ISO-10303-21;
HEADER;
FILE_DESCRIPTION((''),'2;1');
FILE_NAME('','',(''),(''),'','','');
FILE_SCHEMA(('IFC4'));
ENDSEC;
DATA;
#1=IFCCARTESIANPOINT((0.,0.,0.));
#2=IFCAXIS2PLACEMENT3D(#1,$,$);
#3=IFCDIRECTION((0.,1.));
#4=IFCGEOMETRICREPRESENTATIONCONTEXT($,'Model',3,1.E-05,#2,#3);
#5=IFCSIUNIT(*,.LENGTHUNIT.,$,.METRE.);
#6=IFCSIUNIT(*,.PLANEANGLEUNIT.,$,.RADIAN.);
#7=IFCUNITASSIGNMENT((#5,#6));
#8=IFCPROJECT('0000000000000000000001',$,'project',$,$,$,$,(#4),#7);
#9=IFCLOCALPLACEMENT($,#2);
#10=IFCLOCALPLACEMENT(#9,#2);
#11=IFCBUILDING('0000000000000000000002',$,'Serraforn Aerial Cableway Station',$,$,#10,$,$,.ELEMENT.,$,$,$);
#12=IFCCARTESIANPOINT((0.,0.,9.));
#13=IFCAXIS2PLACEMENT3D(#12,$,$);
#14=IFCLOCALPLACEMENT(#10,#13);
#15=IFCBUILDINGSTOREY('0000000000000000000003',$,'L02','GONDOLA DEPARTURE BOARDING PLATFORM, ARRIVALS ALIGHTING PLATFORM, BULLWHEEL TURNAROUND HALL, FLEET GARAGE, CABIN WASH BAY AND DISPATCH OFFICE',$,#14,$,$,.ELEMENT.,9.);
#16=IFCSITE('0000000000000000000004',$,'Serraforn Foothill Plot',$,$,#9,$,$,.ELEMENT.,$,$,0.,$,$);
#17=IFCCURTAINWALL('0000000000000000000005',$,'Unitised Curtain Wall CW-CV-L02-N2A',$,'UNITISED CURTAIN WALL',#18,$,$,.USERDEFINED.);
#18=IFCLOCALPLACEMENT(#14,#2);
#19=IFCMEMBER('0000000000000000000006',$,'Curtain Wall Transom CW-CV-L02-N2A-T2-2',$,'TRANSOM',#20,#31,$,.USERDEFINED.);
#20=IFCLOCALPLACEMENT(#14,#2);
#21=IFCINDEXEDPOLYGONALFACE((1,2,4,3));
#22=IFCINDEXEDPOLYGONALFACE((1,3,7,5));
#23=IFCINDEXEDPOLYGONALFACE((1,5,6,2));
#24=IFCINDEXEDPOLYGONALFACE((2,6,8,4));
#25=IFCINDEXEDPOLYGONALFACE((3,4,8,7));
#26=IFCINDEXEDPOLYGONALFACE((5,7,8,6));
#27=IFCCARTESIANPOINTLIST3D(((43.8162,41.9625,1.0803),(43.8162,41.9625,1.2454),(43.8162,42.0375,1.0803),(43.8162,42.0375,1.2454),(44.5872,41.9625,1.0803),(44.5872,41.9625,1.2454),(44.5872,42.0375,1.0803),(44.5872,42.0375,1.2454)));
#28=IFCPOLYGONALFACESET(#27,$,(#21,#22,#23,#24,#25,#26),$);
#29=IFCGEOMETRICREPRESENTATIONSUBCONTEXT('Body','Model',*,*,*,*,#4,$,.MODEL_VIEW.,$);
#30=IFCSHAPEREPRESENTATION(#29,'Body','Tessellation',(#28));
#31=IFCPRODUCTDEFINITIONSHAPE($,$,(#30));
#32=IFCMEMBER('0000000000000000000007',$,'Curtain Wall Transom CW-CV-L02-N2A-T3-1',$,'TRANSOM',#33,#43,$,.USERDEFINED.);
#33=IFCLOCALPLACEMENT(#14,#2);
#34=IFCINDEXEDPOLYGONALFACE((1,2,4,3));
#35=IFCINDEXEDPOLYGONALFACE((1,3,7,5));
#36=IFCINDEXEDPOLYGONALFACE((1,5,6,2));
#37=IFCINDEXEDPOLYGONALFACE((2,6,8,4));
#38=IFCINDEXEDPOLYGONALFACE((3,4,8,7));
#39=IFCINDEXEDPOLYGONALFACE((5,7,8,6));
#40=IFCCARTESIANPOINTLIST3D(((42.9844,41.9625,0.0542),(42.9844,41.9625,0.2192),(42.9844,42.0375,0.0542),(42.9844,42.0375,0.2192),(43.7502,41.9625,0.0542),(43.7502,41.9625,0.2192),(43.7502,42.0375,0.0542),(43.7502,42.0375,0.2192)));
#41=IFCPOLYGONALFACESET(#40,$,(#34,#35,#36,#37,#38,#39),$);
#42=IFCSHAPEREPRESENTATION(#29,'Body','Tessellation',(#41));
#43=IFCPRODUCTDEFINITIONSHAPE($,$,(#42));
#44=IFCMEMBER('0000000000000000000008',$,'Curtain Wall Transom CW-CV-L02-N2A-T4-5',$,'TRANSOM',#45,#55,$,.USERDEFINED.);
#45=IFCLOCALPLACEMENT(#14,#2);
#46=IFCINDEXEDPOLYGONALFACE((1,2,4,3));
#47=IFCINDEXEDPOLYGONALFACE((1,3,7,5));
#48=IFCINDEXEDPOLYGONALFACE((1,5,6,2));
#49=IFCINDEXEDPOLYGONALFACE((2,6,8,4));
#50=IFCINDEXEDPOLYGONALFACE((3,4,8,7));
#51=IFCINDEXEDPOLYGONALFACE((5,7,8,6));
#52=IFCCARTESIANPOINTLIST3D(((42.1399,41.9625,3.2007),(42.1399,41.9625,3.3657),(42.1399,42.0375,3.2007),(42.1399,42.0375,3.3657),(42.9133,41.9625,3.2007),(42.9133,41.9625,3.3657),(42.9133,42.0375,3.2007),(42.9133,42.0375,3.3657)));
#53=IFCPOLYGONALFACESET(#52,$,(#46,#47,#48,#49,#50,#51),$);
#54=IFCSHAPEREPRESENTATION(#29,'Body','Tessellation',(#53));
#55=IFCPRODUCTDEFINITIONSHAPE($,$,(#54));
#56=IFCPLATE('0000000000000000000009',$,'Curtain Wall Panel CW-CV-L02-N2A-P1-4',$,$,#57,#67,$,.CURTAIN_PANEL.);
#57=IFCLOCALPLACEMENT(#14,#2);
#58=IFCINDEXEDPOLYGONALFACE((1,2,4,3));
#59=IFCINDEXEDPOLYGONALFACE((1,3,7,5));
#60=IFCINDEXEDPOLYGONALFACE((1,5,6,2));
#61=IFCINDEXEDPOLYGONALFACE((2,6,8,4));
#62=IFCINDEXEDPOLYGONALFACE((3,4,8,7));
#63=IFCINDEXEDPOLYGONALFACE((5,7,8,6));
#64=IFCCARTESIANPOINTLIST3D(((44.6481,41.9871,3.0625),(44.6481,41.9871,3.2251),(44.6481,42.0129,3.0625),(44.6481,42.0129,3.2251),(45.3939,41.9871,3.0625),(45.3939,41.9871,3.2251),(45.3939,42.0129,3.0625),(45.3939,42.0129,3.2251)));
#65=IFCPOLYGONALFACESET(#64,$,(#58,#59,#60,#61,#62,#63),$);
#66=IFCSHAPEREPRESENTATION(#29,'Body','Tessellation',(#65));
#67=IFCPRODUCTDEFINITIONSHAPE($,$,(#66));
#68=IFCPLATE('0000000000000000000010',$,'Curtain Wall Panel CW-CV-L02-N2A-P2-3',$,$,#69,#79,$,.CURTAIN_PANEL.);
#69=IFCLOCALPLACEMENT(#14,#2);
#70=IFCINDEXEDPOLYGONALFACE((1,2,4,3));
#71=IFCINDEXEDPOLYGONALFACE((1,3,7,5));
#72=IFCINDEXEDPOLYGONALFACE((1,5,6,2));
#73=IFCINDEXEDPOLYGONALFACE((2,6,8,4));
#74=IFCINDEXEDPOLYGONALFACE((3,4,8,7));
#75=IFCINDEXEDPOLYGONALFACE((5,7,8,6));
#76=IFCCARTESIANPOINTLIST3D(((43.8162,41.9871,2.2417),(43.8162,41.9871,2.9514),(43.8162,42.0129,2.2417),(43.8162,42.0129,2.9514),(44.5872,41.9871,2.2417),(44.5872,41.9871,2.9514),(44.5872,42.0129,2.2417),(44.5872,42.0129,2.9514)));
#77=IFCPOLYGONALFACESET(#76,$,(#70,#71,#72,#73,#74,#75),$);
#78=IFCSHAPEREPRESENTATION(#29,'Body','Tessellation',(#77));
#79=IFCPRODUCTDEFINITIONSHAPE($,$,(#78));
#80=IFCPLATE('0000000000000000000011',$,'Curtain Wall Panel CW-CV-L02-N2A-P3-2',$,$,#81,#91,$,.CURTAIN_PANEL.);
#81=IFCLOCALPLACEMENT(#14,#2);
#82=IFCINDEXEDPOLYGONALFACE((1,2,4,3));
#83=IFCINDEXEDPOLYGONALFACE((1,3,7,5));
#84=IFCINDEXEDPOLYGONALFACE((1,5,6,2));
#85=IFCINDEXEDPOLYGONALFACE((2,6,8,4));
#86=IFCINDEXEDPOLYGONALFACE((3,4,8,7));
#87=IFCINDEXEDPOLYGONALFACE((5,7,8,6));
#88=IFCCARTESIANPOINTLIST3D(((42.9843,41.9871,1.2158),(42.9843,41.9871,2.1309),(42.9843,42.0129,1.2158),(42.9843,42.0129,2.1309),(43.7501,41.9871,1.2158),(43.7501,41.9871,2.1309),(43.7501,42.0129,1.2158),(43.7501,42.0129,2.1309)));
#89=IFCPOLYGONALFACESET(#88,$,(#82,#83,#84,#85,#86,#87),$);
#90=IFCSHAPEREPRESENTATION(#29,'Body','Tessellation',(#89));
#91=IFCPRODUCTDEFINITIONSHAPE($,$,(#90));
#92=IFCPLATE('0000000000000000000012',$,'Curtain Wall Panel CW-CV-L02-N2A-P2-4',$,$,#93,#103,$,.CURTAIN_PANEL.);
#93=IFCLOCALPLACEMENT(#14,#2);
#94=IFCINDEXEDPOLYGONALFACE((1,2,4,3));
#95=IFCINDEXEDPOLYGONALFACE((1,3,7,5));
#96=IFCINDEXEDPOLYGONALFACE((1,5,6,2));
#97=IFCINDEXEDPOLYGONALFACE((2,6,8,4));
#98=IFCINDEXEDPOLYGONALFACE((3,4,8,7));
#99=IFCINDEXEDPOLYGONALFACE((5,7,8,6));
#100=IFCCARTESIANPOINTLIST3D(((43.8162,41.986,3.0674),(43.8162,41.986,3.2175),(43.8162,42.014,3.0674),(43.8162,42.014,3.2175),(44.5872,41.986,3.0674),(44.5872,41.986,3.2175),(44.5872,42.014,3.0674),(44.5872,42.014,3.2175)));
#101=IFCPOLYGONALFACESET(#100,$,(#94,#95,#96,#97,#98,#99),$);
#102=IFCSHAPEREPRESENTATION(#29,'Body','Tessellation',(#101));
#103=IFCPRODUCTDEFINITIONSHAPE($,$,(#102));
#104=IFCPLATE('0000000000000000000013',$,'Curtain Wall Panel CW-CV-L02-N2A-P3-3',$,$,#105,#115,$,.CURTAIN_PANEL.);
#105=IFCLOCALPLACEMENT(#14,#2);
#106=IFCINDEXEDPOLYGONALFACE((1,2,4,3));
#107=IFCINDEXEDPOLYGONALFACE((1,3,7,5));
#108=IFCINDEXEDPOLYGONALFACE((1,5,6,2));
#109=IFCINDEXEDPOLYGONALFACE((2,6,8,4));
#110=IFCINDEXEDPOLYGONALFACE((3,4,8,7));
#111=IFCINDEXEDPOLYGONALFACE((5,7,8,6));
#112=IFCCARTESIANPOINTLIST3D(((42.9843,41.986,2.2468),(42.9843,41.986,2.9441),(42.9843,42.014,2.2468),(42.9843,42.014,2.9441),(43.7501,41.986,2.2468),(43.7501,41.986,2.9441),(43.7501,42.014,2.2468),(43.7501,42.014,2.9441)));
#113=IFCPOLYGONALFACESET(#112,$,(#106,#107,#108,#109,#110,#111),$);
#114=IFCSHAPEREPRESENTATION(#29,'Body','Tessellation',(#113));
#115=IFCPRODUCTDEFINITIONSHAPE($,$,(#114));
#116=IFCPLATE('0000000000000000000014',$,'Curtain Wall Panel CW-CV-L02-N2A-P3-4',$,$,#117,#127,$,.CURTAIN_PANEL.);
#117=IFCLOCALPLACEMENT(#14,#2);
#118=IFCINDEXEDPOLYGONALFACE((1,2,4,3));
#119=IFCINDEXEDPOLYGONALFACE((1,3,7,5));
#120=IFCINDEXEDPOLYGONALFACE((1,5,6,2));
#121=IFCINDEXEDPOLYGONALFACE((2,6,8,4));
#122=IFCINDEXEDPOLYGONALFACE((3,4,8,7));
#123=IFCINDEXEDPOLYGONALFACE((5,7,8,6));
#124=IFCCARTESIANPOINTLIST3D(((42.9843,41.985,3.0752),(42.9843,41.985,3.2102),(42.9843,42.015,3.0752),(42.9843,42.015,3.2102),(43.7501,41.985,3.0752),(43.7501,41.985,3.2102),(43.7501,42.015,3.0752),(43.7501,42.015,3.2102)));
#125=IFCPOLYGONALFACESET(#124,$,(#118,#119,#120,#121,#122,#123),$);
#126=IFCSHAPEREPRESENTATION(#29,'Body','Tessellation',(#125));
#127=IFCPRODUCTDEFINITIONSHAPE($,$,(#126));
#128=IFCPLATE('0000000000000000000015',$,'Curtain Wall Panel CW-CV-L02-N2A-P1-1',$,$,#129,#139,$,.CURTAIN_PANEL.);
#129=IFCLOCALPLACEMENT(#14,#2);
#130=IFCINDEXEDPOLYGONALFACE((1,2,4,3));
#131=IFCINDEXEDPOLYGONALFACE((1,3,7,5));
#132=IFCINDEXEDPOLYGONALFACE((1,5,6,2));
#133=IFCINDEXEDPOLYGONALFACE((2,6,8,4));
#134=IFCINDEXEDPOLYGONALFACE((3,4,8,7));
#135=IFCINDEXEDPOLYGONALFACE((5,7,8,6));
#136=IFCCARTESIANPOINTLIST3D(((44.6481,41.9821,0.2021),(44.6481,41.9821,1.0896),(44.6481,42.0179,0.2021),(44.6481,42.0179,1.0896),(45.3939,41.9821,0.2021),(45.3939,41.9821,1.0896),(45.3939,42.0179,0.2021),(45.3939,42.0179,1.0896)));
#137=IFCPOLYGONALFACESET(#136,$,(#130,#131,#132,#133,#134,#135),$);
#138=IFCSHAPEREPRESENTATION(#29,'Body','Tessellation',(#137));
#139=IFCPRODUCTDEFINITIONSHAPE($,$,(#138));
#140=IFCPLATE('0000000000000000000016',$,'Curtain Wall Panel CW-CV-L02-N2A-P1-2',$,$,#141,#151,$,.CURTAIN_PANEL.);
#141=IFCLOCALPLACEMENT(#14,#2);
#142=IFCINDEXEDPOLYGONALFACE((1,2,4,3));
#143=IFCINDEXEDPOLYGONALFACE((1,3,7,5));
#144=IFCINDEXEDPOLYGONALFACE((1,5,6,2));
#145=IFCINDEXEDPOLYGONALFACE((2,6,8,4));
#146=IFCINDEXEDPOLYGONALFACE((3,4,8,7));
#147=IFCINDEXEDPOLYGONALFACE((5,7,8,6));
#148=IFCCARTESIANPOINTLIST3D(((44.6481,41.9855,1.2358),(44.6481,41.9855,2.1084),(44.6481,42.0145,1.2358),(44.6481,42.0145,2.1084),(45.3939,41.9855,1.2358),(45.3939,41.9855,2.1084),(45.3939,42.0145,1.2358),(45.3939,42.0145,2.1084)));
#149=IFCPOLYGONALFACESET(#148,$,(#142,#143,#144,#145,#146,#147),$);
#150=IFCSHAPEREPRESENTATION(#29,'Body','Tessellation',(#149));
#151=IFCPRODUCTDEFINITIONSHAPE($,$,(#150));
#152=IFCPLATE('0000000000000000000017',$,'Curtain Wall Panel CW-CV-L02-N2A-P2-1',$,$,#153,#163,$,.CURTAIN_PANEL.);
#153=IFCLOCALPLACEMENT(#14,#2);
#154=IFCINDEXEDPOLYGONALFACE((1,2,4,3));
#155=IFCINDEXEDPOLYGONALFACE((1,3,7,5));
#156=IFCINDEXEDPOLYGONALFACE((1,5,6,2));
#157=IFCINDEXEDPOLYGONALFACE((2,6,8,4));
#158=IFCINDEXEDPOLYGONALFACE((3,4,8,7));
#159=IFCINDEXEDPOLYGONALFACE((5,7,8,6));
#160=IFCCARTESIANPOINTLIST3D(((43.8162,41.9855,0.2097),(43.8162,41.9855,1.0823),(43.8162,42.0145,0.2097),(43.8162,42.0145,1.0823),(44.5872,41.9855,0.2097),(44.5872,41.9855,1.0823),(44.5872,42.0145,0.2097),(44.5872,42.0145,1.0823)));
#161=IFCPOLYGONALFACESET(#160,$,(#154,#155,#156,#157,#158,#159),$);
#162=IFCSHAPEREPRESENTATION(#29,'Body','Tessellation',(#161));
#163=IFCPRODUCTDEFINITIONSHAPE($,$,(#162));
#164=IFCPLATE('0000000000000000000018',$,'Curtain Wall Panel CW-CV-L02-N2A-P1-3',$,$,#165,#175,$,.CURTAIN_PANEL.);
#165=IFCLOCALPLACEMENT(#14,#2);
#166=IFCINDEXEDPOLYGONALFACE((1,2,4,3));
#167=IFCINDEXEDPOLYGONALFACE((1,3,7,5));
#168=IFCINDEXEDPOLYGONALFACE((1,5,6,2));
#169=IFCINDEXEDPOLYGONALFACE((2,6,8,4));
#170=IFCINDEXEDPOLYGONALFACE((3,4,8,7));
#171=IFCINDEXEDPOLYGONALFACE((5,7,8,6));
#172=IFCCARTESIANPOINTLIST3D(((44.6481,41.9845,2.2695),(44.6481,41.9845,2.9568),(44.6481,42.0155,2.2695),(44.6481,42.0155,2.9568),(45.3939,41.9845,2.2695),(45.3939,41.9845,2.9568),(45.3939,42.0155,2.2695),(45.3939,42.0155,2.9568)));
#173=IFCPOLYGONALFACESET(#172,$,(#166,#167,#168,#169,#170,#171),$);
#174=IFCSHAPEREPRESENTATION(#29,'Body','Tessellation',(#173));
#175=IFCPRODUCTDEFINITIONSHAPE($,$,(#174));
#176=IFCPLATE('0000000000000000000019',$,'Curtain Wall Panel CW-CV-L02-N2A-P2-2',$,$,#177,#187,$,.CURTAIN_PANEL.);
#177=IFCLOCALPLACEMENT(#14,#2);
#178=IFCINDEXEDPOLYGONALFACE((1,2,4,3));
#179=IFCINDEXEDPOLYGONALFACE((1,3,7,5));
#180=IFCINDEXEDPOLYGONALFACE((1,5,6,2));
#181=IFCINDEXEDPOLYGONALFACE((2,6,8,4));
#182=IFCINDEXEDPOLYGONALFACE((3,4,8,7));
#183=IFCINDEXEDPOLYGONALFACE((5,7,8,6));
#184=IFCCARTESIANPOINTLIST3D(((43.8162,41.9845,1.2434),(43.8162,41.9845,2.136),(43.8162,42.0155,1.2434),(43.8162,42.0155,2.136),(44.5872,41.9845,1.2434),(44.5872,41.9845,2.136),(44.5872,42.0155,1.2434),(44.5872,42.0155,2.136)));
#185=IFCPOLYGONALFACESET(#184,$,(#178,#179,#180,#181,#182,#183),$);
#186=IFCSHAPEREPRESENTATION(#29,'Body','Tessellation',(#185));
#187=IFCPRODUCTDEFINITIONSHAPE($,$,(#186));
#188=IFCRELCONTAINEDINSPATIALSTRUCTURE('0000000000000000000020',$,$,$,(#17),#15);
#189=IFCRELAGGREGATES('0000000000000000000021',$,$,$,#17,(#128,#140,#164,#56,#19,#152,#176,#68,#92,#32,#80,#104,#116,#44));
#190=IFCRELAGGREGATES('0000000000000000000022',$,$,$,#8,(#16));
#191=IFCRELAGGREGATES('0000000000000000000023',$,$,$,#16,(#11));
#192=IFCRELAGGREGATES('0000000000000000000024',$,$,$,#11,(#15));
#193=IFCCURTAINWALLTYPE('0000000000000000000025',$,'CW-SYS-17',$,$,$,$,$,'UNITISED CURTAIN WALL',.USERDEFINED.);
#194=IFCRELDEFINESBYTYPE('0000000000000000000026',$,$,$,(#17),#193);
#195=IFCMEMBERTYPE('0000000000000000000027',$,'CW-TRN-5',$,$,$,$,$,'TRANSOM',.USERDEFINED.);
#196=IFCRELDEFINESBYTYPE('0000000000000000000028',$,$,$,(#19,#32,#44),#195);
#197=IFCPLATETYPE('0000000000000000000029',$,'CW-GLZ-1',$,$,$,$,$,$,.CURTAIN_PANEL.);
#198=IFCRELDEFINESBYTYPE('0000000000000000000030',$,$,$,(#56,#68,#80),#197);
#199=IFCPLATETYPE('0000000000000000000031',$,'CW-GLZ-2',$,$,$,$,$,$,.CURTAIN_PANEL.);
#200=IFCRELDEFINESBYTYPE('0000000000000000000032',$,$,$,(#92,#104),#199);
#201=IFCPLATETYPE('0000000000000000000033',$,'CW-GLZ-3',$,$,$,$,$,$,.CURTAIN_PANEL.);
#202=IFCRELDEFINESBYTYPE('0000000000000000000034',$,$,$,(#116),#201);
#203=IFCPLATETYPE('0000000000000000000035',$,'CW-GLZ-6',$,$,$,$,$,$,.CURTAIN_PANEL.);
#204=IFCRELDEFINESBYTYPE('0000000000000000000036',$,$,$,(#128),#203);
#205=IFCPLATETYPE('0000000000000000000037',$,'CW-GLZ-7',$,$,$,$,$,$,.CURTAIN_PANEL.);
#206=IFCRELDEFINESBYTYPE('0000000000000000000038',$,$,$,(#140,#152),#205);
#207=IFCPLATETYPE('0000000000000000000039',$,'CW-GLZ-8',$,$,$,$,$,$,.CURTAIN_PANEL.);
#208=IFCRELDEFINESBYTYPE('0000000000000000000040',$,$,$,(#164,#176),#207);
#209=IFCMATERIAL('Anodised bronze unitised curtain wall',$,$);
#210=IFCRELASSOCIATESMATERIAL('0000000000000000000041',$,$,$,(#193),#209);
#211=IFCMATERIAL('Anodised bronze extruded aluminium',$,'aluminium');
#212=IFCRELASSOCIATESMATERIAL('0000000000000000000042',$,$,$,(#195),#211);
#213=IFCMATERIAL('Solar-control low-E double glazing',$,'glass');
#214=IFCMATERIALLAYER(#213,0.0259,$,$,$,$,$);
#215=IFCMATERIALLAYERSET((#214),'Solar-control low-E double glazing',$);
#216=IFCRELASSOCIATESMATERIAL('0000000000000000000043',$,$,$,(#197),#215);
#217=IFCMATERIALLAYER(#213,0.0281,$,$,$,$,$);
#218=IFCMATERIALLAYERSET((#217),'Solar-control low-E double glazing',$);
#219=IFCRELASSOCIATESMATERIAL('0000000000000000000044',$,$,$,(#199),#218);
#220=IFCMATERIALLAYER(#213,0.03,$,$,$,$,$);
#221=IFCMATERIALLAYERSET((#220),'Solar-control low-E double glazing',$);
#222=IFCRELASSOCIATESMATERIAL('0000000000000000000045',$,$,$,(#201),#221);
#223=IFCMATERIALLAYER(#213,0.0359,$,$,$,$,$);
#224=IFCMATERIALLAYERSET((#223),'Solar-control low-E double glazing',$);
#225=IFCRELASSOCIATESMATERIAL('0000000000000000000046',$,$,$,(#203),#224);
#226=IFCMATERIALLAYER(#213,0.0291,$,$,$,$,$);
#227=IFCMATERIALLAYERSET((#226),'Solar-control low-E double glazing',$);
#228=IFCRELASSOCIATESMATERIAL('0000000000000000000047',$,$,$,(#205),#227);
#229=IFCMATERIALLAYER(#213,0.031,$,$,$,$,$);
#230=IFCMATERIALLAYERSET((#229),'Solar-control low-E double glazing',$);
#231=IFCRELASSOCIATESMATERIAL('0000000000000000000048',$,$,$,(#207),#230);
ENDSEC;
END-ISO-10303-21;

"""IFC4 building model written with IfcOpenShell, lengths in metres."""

from ifc_helpers import new_model, si_unit, direction, frame, origin, origin_2d, place, context, subcontext, project, spatial, rectangle, extrude, material, layer, layer_set, material_profile, profile_set, type_object, element, aggregate, save


model = new_model("IFC4")

# Units and contexts
model_context = context("Model", 3, precision=1e-05, world=origin(), true_north=direction((0.0, 1.0)))
body_context = subcontext(model_context, "Body", "Model", "MODEL_VIEW")
ifc_project = project(units=[si_unit("LENGTHUNIT", "METRE"), si_unit("PLANEANGLEUNIT", "RADIAN")], contexts=[model_context])

# Site, building, storey
site_placement = place(None, origin())
site = spatial("IfcSite", under=ifc_project, at=site_placement, Name="Serraforn Foothill Plot", CompositionType="ELEMENT", RefElevation=0.0)
building_placement = place(site_placement, origin())
building = spatial("IfcBuilding", under=site, at=building_placement, Name="Serraforn Aerial Cableway Station", CompositionType="ELEMENT")
storey_placement = place(building_placement, frame((0.0, 0.0, 9.0)))
storey = spatial("IfcBuildingStorey", under=building, at=storey_placement, Name="L02", Description="GONDOLA DEPARTURE BOARDING PLATFORM, ARRIVALS ALIGHTING PLATFORM, BULLWHEEL TURNAROUND HALL, FLEET GARAGE, CABIN WASH BAY AND DISPATCH OFFICE", CompositionType="ELEMENT", Elevation=9.0)

# Curtain wall, members, plates
ifc_material_1 = material(Name="Anodised bronze unitised curtain wall")
curtain_wall_type = type_object("IfcCurtainWallType", Name="CW-SYS-17", ElementType="UNITISED CURTAIN WALL", PredefinedType="USERDEFINED", material=ifc_material_1)
curtain_wall_placement = place(storey_placement, origin())
curtain_wall = element("IfcCurtainWall", 1, at=curtain_wall_placement, inside=storey, type_object=curtain_wall_type, Name="Unitised Curtain Wall CW-CV-L02-N2A", ObjectType="UNITISED CURTAIN WALL", PredefinedType="USERDEFINED")
ifc_material_2 = material(Name="Anodised bronze extruded aluminium", Category="aluminium")
ifc_material_profile_1 = material_profile(ifc_material_2, rectangle(XDim=0.075, YDim=0.165, at=origin_2d()), Name="CW TRANSOM 75x165")
ifc_profile_set_1 = profile_set([ifc_material_profile_1], Name="Anodised bronze extruded aluminium")
member_type_1 = type_object("IfcMemberType", Name="CW-TRN-5", ElementType="TRANSOM", PredefinedType="USERDEFINED", material=ifc_profile_set_1)
member_1_placement = place(storey_placement, frame((44.5872, 42.0, 1.1628), z_axis=(-1.0, 0.0, 0.0), x_axis=(0.0, -1.0, 0.0)))
member_1 = element("IfcMember", 2, at=member_1_placement, type_object=member_type_1, Name="Curtain Wall Transom CW-CV-L02-N2A-T2-2", ObjectType="TRANSOM", PredefinedType="USERDEFINED", context=body_context, shape_type="SweptSolid", body=[
    extrude(rectangle(XDim=0.075, YDim=0.165, at=origin_2d()), origin(), (0.0, 0.0, 1.0), 0.771),
])
member_2_placement = place(storey_placement, frame((43.7502, 42.0, 0.1367), z_axis=(-1.0, 0.0, 0.0), x_axis=(0.0, -1.0, 0.0)))
member_2 = element("IfcMember", 3, at=member_2_placement, type_object=member_type_1, Name="Curtain Wall Transom CW-CV-L02-N2A-T3-1", ObjectType="TRANSOM", PredefinedType="USERDEFINED", context=body_context, shape_type="SweptSolid", body=[
    extrude(rectangle(XDim=0.075, YDim=0.165, at=origin_2d()), origin(), (0.0, 0.0, 1.0), 0.7659),
])
member_3_placement = place(storey_placement, frame((42.9133, 42.0, 3.2832), z_axis=(-1.0, 0.0, 0.0), x_axis=(0.0, -1.0, 0.0)))
member_3 = element("IfcMember", 4, at=member_3_placement, type_object=member_type_1, Name="Curtain Wall Transom CW-CV-L02-N2A-T4-5", ObjectType="TRANSOM", PredefinedType="USERDEFINED", context=body_context, shape_type="SweptSolid", body=[
    extrude(rectangle(XDim=0.075, YDim=0.165, at=origin_2d()), origin(), (0.0, 0.0, 1.0), 0.7734),
])
ifc_material_3 = material(Name="Solar-control low-E double glazing", Category="glass")
ifc_layer_1 = layer(ifc_material_3, 0.0259)
ifc_layer_set_1 = layer_set([ifc_layer_1], Name="Solar-control low-E double glazing")
plate_type_1 = type_object("IfcPlateType", Name="CW-GLZ-1", PredefinedType="CURTAIN_PANEL", material=ifc_layer_set_1)
plate_1_placement = place(storey_placement, frame((45.021, 42.0, 3.0625), z_axis=(0.0, 0.0, 1.0), x_axis=(1.0, 0.0, 0.0)))
plate_1 = element("IfcPlate", 5, at=plate_1_placement, type_object=plate_type_1, Name="Curtain Wall Panel CW-CV-L02-N2A-P1-4", PredefinedType="CURTAIN_PANEL", context=body_context, shape_type="SweptSolid", body=[
    extrude(rectangle(XDim=0.7458, YDim=0.0259, at=origin_2d()), origin(), (0.0, 0.0, 1.0), 0.1626),
])
plate_2_placement = place(storey_placement, frame((44.2017, 42.0, 2.2417), z_axis=(0.0, 0.0, 1.0), x_axis=(1.0, 0.0, 0.0)))
plate_2 = element("IfcPlate", 6, at=plate_2_placement, type_object=plate_type_1, Name="Curtain Wall Panel CW-CV-L02-N2A-P2-3", PredefinedType="CURTAIN_PANEL", context=body_context, shape_type="SweptSolid", body=[
    extrude(rectangle(XDim=0.771, YDim=0.0259, at=origin_2d()), origin(), (0.0, 0.0, 1.0), 0.7097),
])
plate_3_placement = place(storey_placement, frame((43.3672, 42.0, 1.2158), z_axis=(0.0, 0.0, 1.0), x_axis=(1.0, 0.0, 0.0)))
plate_3 = element("IfcPlate", 7, at=plate_3_placement, type_object=plate_type_1, Name="Curtain Wall Panel CW-CV-L02-N2A-P3-2", PredefinedType="CURTAIN_PANEL", context=body_context, shape_type="SweptSolid", body=[
    extrude(rectangle(XDim=0.7659, YDim=0.0259, at=origin_2d()), origin(), (0.0, 0.0, 1.0), 0.915),
])
ifc_layer_2 = layer(ifc_material_3, 0.0281)
ifc_layer_set_2 = layer_set([ifc_layer_2], Name="Solar-control low-E double glazing")
plate_type_2 = type_object("IfcPlateType", Name="CW-GLZ-2", PredefinedType="CURTAIN_PANEL", material=ifc_layer_set_2)
plate_4_placement = place(storey_placement, frame((44.2017, 42.0, 3.0674), z_axis=(0.0, 0.0, 1.0), x_axis=(1.0, 0.0, 0.0)))
plate_4 = element("IfcPlate", 8, at=plate_4_placement, type_object=plate_type_2, Name="Curtain Wall Panel CW-CV-L02-N2A-P2-4", PredefinedType="CURTAIN_PANEL", context=body_context, shape_type="SweptSolid", body=[
    extrude(rectangle(XDim=0.771, YDim=0.0281, at=origin_2d()), origin(), (0.0, 0.0, 1.0), 0.1501),
])
plate_5_placement = place(storey_placement, frame((43.3672, 42.0, 2.2468), z_axis=(0.0, 0.0, 1.0), x_axis=(1.0, 0.0, 0.0)))
plate_5 = element("IfcPlate", 9, at=plate_5_placement, type_object=plate_type_2, Name="Curtain Wall Panel CW-CV-L02-N2A-P3-3", PredefinedType="CURTAIN_PANEL", context=body_context, shape_type="SweptSolid", body=[
    extrude(rectangle(XDim=0.7659, YDim=0.0281, at=origin_2d()), origin(), (0.0, 0.0, 1.0), 0.6973),
])
ifc_layer_3 = layer(ifc_material_3, 0.03)
ifc_layer_set_3 = layer_set([ifc_layer_3], Name="Solar-control low-E double glazing")
plate_type_3 = type_object("IfcPlateType", Name="CW-GLZ-3", PredefinedType="CURTAIN_PANEL", material=ifc_layer_set_3)
plate_6_placement = place(storey_placement, frame((43.3672, 42.0, 3.0752), z_axis=(0.0, 0.0, 1.0), x_axis=(1.0, 0.0, 0.0)))
plate_6 = element("IfcPlate", 10, at=plate_6_placement, type_object=plate_type_3, Name="Curtain Wall Panel CW-CV-L02-N2A-P3-4", PredefinedType="CURTAIN_PANEL", context=body_context, shape_type="SweptSolid", body=[
    extrude(rectangle(XDim=0.7659, YDim=0.03, at=origin_2d()), origin(), (0.0, 0.0, 1.0), 0.135),
])
ifc_layer_4 = layer(ifc_material_3, 0.0359)
ifc_layer_set_4 = layer_set([ifc_layer_4], Name="Solar-control low-E double glazing")
plate_type_4 = type_object("IfcPlateType", Name="CW-GLZ-6", PredefinedType="CURTAIN_PANEL", material=ifc_layer_set_4)
plate_7_placement = place(storey_placement, frame((45.021, 42.0, 0.2021), z_axis=(0.0, 0.0, 1.0), x_axis=(1.0, 0.0, 0.0)))
plate_7 = element("IfcPlate", 11, at=plate_7_placement, type_object=plate_type_4, Name="Curtain Wall Panel CW-CV-L02-N2A-P1-1", PredefinedType="CURTAIN_PANEL", context=body_context, shape_type="SweptSolid", body=[
    extrude(rectangle(XDim=0.7458, YDim=0.0359, at=origin_2d()), origin(), (0.0, 0.0, 1.0), 0.8875),
])
ifc_layer_5 = layer(ifc_material_3, 0.0291)
ifc_layer_set_5 = layer_set([ifc_layer_5], Name="Solar-control low-E double glazing")
plate_type_5 = type_object("IfcPlateType", Name="CW-GLZ-7", PredefinedType="CURTAIN_PANEL", material=ifc_layer_set_5)
plate_8_placement = place(storey_placement, frame((45.021, 42.0, 1.2358), z_axis=(0.0, 0.0, 1.0), x_axis=(1.0, 0.0, 0.0)))
plate_8 = element("IfcPlate", 12, at=plate_8_placement, type_object=plate_type_5, Name="Curtain Wall Panel CW-CV-L02-N2A-P1-2", PredefinedType="CURTAIN_PANEL", context=body_context, shape_type="SweptSolid", body=[
    extrude(rectangle(XDim=0.7458, YDim=0.0291, at=origin_2d()), origin(), (0.0, 0.0, 1.0), 0.8726),
])
plate_9_placement = place(storey_placement, frame((44.2017, 42.0, 0.2097), z_axis=(0.0, 0.0, 1.0), x_axis=(1.0, 0.0, 0.0)))
plate_9 = element("IfcPlate", 13, at=plate_9_placement, type_object=plate_type_5, Name="Curtain Wall Panel CW-CV-L02-N2A-P2-1", PredefinedType="CURTAIN_PANEL", context=body_context, shape_type="SweptSolid", body=[
    extrude(rectangle(XDim=0.771, YDim=0.0291, at=origin_2d()), origin(), (0.0, 0.0, 1.0), 0.8726),
])
ifc_layer_6 = layer(ifc_material_3, 0.031)
ifc_layer_set_6 = layer_set([ifc_layer_6], Name="Solar-control low-E double glazing")
plate_type_6 = type_object("IfcPlateType", Name="CW-GLZ-8", PredefinedType="CURTAIN_PANEL", material=ifc_layer_set_6)
plate_10_placement = place(storey_placement, frame((45.021, 42.0, 2.2695), z_axis=(0.0, 0.0, 1.0), x_axis=(1.0, 0.0, 0.0)))
plate_10 = element("IfcPlate", 14, at=plate_10_placement, type_object=plate_type_6, Name="Curtain Wall Panel CW-CV-L02-N2A-P1-3", PredefinedType="CURTAIN_PANEL", context=body_context, shape_type="SweptSolid", body=[
    extrude(rectangle(XDim=0.7458, YDim=0.031, at=origin_2d()), origin(), (0.0, 0.0, 1.0), 0.6873),
])
plate_11_placement = place(storey_placement, frame((44.2017, 42.0, 1.2434), z_axis=(0.0, 0.0, 1.0), x_axis=(1.0, 0.0, 0.0)))
plate_11 = element("IfcPlate", 15, at=plate_11_placement, type_object=plate_type_6, Name="Curtain Wall Panel CW-CV-L02-N2A-P2-2", PredefinedType="CURTAIN_PANEL", context=body_context, shape_type="SweptSolid", body=[
    extrude(rectangle(XDim=0.771, YDim=0.031, at=origin_2d()), origin(), (0.0, 0.0, 1.0), 0.8926),
])
aggregate(curtain_wall, [plate_7, plate_8, plate_10, plate_1, member_1, plate_9, plate_11, plate_2, plate_4, member_2, plate_3, plate_5, plate_6, member_3])

save(model, "model.ifc")
